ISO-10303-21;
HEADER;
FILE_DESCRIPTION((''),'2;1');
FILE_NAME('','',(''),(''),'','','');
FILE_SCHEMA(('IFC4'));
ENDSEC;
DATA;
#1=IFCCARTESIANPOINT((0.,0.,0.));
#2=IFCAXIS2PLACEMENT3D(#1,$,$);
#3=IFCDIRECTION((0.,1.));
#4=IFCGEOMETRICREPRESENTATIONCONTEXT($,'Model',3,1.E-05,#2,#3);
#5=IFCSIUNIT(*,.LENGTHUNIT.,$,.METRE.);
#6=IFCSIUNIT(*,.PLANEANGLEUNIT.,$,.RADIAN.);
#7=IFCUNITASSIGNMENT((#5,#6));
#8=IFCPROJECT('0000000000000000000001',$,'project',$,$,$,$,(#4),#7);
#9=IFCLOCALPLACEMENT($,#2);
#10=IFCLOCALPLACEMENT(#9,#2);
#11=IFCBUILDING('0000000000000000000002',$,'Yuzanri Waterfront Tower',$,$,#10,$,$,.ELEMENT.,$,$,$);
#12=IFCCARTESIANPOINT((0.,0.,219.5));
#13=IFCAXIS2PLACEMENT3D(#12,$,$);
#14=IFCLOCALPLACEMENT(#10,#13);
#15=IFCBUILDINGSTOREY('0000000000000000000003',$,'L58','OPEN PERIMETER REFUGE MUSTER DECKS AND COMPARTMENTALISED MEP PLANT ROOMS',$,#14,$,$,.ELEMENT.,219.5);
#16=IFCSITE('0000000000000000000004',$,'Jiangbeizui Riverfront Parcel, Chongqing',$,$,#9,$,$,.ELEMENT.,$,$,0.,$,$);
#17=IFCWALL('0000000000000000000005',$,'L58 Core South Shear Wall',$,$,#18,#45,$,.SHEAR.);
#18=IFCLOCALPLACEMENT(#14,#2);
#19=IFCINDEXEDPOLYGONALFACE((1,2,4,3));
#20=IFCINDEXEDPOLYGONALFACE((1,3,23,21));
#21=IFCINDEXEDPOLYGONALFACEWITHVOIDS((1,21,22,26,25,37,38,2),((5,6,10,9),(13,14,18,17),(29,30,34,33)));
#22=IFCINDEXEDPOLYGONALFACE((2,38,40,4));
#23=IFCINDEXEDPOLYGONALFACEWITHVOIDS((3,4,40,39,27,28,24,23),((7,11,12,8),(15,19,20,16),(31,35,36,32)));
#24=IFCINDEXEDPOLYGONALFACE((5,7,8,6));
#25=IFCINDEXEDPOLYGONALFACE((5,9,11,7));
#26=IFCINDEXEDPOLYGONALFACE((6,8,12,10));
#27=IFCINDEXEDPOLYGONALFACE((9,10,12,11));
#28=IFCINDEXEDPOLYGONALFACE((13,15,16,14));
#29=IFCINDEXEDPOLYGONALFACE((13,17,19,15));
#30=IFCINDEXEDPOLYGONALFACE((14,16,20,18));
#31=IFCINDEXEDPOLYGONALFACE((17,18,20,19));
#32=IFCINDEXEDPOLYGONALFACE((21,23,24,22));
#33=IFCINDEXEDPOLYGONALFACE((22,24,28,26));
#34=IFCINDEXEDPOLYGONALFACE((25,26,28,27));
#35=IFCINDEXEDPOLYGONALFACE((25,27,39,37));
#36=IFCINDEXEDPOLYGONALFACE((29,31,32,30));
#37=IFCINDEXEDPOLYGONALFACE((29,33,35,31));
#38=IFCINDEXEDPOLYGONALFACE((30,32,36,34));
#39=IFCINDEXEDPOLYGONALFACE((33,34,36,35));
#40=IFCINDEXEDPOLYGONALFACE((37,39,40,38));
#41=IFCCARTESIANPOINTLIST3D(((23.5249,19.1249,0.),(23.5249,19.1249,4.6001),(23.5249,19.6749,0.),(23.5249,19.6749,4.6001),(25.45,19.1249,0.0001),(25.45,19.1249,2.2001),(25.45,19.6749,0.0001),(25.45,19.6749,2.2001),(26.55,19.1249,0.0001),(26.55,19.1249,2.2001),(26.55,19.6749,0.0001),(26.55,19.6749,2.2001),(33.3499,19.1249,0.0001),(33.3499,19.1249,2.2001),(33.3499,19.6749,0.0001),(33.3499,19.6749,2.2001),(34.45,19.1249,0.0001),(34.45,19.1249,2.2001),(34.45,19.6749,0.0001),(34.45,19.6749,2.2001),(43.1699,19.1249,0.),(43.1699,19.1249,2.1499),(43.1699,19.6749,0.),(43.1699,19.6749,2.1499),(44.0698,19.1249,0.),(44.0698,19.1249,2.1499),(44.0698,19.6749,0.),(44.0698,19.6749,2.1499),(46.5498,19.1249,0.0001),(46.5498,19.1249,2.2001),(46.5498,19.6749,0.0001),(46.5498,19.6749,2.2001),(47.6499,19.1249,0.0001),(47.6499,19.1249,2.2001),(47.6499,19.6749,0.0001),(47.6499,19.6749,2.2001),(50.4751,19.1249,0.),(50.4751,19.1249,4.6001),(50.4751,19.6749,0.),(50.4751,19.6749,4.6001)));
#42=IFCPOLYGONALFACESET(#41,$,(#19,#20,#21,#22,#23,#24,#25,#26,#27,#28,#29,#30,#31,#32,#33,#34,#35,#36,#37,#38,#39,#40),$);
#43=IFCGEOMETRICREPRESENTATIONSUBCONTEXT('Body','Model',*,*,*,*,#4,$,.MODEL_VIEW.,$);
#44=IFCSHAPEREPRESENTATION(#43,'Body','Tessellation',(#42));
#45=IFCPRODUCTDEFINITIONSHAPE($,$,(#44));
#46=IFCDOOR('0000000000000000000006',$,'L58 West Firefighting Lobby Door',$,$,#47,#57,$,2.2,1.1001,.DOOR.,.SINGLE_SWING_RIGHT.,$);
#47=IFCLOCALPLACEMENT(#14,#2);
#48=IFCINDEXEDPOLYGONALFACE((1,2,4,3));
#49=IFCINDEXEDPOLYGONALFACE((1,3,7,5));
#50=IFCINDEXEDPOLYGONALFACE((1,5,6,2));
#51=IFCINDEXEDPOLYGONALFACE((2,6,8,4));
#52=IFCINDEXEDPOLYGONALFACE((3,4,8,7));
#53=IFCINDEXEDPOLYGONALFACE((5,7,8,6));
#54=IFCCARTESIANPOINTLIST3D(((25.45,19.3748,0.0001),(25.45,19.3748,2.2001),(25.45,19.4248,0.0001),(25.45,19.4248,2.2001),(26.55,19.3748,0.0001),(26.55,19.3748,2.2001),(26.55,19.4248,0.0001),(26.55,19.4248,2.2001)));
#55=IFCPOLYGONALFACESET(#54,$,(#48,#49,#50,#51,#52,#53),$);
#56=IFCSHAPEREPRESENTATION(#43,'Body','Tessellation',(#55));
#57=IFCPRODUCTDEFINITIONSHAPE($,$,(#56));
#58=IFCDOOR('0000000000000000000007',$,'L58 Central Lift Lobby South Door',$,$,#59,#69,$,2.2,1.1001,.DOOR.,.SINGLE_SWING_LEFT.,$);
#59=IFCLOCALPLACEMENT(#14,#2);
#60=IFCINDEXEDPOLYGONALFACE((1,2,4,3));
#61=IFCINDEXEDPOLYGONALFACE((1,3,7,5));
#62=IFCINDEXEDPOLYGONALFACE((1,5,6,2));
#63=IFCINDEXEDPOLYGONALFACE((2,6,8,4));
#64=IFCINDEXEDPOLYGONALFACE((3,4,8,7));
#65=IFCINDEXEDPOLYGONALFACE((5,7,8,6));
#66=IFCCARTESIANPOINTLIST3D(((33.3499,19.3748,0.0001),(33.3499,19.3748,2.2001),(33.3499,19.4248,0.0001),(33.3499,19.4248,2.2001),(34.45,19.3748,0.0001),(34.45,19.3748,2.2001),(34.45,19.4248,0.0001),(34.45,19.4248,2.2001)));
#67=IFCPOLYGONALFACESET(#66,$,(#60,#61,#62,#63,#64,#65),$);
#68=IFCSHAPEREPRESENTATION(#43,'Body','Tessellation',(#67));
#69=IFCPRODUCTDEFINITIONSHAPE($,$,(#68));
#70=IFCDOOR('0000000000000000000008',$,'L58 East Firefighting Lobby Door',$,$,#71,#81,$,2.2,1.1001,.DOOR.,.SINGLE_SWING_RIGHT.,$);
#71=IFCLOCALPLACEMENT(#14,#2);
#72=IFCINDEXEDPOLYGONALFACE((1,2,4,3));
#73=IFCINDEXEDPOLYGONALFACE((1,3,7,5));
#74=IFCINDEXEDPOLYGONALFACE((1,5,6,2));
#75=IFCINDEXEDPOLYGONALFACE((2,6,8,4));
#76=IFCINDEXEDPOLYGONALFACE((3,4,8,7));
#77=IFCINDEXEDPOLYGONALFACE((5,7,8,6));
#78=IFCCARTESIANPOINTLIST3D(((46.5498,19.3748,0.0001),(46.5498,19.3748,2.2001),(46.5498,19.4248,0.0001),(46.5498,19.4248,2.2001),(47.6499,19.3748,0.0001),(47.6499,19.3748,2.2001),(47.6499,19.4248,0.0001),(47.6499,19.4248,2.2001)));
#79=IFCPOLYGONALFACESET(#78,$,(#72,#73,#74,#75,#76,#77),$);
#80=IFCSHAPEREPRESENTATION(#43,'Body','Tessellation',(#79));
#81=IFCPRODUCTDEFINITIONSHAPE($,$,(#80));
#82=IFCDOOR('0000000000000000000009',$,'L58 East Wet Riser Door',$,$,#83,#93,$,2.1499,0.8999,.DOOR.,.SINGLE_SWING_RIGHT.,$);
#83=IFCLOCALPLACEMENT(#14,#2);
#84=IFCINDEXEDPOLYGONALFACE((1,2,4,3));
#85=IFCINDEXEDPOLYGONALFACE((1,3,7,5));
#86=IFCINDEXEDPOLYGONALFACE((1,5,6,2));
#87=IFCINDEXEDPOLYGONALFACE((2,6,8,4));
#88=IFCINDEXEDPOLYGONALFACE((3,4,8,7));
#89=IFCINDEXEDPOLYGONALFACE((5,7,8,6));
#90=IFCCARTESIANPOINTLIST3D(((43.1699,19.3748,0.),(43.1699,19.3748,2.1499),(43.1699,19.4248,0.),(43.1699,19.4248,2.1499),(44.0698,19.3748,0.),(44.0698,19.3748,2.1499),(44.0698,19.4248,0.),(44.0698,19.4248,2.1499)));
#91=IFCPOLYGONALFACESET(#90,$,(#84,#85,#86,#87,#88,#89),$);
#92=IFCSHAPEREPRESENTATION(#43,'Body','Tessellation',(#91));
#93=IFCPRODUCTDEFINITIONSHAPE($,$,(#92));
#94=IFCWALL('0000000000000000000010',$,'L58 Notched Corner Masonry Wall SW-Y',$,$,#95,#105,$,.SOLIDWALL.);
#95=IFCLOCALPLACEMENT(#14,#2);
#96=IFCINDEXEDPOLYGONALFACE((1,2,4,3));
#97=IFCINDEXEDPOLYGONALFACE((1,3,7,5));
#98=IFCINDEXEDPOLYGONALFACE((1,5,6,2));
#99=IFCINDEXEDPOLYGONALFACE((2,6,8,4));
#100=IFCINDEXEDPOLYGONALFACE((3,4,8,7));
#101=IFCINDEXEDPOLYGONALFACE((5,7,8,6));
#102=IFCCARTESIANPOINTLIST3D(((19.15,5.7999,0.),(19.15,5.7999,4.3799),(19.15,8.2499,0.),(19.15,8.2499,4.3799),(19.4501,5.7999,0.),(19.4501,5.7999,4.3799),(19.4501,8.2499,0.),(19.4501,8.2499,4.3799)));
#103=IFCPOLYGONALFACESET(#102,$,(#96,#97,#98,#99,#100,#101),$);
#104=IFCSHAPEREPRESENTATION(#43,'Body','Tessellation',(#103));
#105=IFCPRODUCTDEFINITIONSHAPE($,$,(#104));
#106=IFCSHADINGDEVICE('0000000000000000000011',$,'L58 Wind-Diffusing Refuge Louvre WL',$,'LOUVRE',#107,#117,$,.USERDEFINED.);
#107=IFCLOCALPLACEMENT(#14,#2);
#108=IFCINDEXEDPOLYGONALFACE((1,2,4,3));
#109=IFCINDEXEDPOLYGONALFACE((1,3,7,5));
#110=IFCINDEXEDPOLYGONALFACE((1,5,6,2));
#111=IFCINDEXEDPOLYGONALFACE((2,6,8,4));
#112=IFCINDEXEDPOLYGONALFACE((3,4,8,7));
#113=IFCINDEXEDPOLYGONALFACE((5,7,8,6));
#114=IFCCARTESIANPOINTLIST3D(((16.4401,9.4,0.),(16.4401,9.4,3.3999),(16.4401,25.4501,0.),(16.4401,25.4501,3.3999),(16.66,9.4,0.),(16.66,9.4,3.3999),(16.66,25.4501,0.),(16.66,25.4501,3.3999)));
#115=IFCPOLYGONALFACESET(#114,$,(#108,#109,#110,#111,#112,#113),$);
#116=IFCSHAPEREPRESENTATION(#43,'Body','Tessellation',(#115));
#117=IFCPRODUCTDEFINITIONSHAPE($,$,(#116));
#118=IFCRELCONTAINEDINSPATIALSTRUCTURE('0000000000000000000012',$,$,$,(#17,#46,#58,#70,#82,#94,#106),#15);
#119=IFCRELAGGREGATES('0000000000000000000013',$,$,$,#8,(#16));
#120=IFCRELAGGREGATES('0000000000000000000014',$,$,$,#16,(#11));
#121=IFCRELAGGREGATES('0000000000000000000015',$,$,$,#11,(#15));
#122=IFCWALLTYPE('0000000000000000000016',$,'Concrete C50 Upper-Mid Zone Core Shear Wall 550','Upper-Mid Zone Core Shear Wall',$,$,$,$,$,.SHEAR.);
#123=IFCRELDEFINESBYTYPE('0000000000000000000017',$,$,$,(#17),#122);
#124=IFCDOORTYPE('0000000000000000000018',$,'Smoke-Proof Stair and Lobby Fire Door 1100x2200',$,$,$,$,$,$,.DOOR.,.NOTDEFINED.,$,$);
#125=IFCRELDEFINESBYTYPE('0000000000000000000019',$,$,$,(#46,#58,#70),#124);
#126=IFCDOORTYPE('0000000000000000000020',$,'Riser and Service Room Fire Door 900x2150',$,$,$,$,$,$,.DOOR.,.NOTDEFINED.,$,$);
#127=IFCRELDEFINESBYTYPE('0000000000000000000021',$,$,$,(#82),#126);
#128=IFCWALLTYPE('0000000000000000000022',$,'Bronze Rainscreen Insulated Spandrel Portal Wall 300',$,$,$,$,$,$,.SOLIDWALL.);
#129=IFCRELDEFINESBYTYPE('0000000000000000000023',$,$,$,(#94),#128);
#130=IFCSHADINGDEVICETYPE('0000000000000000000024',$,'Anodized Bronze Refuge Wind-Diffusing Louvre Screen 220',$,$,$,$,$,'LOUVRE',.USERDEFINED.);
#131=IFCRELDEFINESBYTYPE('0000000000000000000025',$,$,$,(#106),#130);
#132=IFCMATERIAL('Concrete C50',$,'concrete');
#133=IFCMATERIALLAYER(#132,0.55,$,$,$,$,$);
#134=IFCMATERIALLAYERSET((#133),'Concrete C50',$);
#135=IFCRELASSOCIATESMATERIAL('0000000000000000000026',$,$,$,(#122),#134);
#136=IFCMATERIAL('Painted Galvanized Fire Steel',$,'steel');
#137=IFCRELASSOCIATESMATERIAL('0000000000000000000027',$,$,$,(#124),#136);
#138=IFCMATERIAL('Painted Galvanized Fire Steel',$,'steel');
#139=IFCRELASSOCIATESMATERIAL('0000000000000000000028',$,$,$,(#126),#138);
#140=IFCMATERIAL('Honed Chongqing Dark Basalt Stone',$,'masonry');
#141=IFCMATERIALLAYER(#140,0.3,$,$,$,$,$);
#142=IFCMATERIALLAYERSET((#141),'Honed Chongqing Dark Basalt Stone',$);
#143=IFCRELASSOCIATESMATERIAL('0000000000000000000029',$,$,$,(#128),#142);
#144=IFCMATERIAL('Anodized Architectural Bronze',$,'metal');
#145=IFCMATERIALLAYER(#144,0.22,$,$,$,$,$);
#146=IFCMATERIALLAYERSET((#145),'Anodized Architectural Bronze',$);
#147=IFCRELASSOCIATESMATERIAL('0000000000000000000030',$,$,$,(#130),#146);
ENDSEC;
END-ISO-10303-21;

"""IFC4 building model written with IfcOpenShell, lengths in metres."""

from ifc_helpers import new_model, si_unit, direction, frame, frame_2d, origin, origin_2d, place, context, subcontext, project, spatial, rectangle, extrude, source, transform, mapped, material, layer, layer_set, type_object, element, fill, save


model = new_model("IFC4")

# Units and contexts
model_context = context("Model", 3, precision=1e-05, world=origin(), true_north=direction((0.0, 1.0)))
body_context = subcontext(model_context, "Body", "Model", "MODEL_VIEW")
ifc_project = project(units=[si_unit("LENGTHUNIT", "METRE"), si_unit("PLANEANGLEUNIT", "RADIAN")], contexts=[model_context])

# Site, building, storey
site_placement = place(None, origin())
site = spatial("IfcSite", under=ifc_project, at=site_placement, Name="Jiangbeizui Riverfront Parcel, Chongqing", CompositionType="ELEMENT", RefElevation=0.0)
building_placement = place(site_placement, origin())
building = spatial("IfcBuilding", under=site, at=building_placement, Name="Yuzanri Waterfront Tower", CompositionType="ELEMENT")
storey_placement = place(building_placement, frame((0.0, 0.0, 219.5)))
storey = spatial("IfcBuildingStorey", under=building, at=storey_placement, Name="L58", Description="OPEN PERIMETER REFUGE MUSTER DECKS AND COMPARTMENTALISED MEP PLANT ROOMS", CompositionType="ELEMENT", Elevation=219.5)

# Wall, openings, doors
ifc_material_1 = material(Name="Concrete C50", Category="concrete")
ifc_layer_1 = layer(ifc_material_1, 0.55)
ifc_layer_set_1 = layer_set([ifc_layer_1], Name="Concrete C50")
wall_type_1 = type_object("IfcWallType", Name="Concrete C50 Upper-Mid Zone Core Shear Wall 550", Description="Upper-Mid Zone Core Shear Wall", PredefinedType="SHEAR", material=ifc_layer_set_1)
wall_1_placement = place(storey_placement, frame((23.5249, 19.3999, 0.0), z_axis=(0.0, 0.0, 1.0), x_axis=(1.0, 0.0, 0.0)))
wall_1 = element("IfcWall", 1, at=wall_1_placement, inside=storey, type_object=wall_type_1, Name="L58 Core South Shear Wall", PredefinedType="SHEAR", context=body_context, shape_type="SweptSolid", body=[
    extrude(rectangle(XDim=26.9502, YDim=0.55, at=frame_2d((13.4751, 0.0))), origin(), (0.0, 0.0, 1.0), 4.6001),
])
opening_1_placement = place(wall_1_placement, frame((1.925, 0.0, 0.0)))
opening_1 = element("IfcOpeningElement", 2, at=opening_1_placement, cuts=wall_1, PredefinedType="OPENING", context=body_context, shape_type="SweptSolid", body=[
    extrude(rectangle(XDim=1.1001, YDim=2.2, at=frame_2d((0.55, 1.1001))), frame((0.0, 0.29, 0.0), z_axis=(0.0, -1.0, 0.0), x_axis=(1.0, 0.0, 0.0)), (0.0, 0.0, 1.0), 0.5798),
])
opening_2_placement = place(wall_1_placement, frame((9.825, 0.0, 0.0)))
opening_2 = element("IfcOpeningElement", 3, at=opening_2_placement, cuts=wall_1, PredefinedType="OPENING", context=body_context, shape_type="SweptSolid", body=[
    extrude(rectangle(XDim=1.1001, YDim=2.2, at=frame_2d((0.55, 1.1001))), frame((0.0, 0.29, 0.0), z_axis=(0.0, -1.0, 0.0), x_axis=(1.0, 0.0, 0.0)), (0.0, 0.0, 1.0), 0.5798),
])
opening_3_placement = place(wall_1_placement, frame((23.0249, 0.0, 0.0)))
opening_3 = element("IfcOpeningElement", 4, at=opening_3_placement, cuts=wall_1, PredefinedType="OPENING", context=body_context, shape_type="SweptSolid", body=[
    extrude(rectangle(XDim=1.1001, YDim=2.2, at=frame_2d((0.55, 1.1001))), frame((0.0, 0.29, 0.0), z_axis=(0.0, -1.0, 0.0), x_axis=(1.0, 0.0, 0.0)), (0.0, 0.0, 1.0), 0.5798),
])
opening_4_placement = place(wall_1_placement, frame((19.645, 0.0, 0.0)))
opening_4 = element("IfcOpeningElement", 5, at=opening_4_placement, cuts=wall_1, PredefinedType="OPENING", context=body_context, shape_type="SweptSolid", body=[
    extrude(rectangle(XDim=0.8999, YDim=2.1499, at=frame_2d((0.45, 1.075))), frame((0.0, 0.29, 0.0), z_axis=(0.0, -1.0, 0.0), x_axis=(1.0, 0.0, 0.0)), (0.0, 0.0, 1.0), 0.5798),
])
ifc_material_2 = material(Name="Painted Galvanized Fire Steel", Category="steel")
door_type_1 = type_object("IfcDoorType", Name="Smoke-Proof Stair and Lobby Fire Door 1100x2200", OperationType="NOTDEFINED", PredefinedType="DOOR", material=ifc_material_2)
shared_shape_1 = source(origin(), body_context, "Body", "SweptSolid", [
    extrude(rectangle(XDim=1.1001, YDim=2.2, at=frame_2d((0.55, 1.1001))), frame((0.0, 0.0249, 0.0), z_axis=(0.0, -1.0, 0.0), x_axis=(1.0, 0.0, 0.0)), (0.0, 0.0, 1.0), 0.05),
])
door_1_placement = place(opening_1_placement, origin())
door_1 = element("IfcDoor", 6, at=door_1_placement, inside=storey, type_object=door_type_1, Name="L58 West Firefighting Lobby Door", OperationType="SINGLE_SWING_RIGHT", OverallHeight=2.2, OverallWidth=1.1001, PredefinedType="DOOR", context=body_context, shape_type="MappedRepresentation", body=[
    mapped(shared_shape_1, transform((0.0, 0.0, 0.0), scale=1.0)),
])
fill(opening_1, door_1)
door_2_placement = place(opening_2_placement, origin())
door_2 = element("IfcDoor", 7, at=door_2_placement, inside=storey, type_object=door_type_1, Name="L58 Central Lift Lobby South Door", OperationType="SINGLE_SWING_LEFT", OverallHeight=2.2, OverallWidth=1.1001, PredefinedType="DOOR", context=body_context, shape_type="MappedRepresentation", body=[
    mapped(shared_shape_1, transform((0.0, 0.0, 0.0), scale=1.0)),
])
fill(opening_2, door_2)
door_3_placement = place(opening_3_placement, origin())
door_3 = element("IfcDoor", 8, at=door_3_placement, inside=storey, type_object=door_type_1, Name="L58 East Firefighting Lobby Door", OperationType="SINGLE_SWING_RIGHT", OverallHeight=2.2, OverallWidth=1.1001, PredefinedType="DOOR", context=body_context, shape_type="MappedRepresentation", body=[
    mapped(shared_shape_1, transform((0.0, 0.0, 0.0), scale=1.0)),
])
fill(opening_3, door_3)
ifc_material_3 = material(Name="Painted Galvanized Fire Steel", Category="steel")
door_type_2 = type_object("IfcDoorType", Name="Riser and Service Room Fire Door 900x2150", OperationType="NOTDEFINED", PredefinedType="DOOR", material=ifc_material_3)
shared_shape_2 = source(origin(), body_context, "Body", "SweptSolid", [
    extrude(rectangle(XDim=0.8999, YDim=2.1499, at=frame_2d((0.45, 1.075))), frame((0.0, 0.0249, 0.0), z_axis=(0.0, -1.0, 0.0), x_axis=(1.0, 0.0, 0.0)), (0.0, 0.0, 1.0), 0.05),
])
door_4_placement = place(opening_4_placement, origin())
door_4 = element("IfcDoor", 9, at=door_4_placement, inside=storey, type_object=door_type_2, Name="L58 East Wet Riser Door", OperationType="SINGLE_SWING_RIGHT", OverallHeight=2.1499, OverallWidth=0.8999, PredefinedType="DOOR", context=body_context, shape_type="MappedRepresentation", body=[
    mapped(shared_shape_2, transform((0.0, 0.0, 0.0), scale=1.0)),
])
fill(opening_4, door_4)

# Wall
ifc_material_4 = material(Name="Honed Chongqing Dark Basalt Stone", Category="masonry")
ifc_layer_2 = layer(ifc_material_4, 0.3)
ifc_layer_set_2 = layer_set([ifc_layer_2], Name="Honed Chongqing Dark Basalt Stone")
wall_type_2 = type_object("IfcWallType", Name="Bronze Rainscreen Insulated Spandrel Portal Wall 300", PredefinedType="SOLIDWALL", material=ifc_layer_set_2)
shared_shape_3 = source(origin(), body_context, "Body", "SweptSolid", [
    extrude(rectangle(XDim=2.45, YDim=0.3, at=frame_2d((1.2251, 0.0))), origin(), (0.0, 0.0, 1.0), 4.3799),
])
wall_2_placement = place(storey_placement, frame((19.3, 8.25, 0.0), z_axis=(0.0, 0.0, 1.0), x_axis=(0.0, -1.0, 0.0)))
element("IfcWall", 10, at=wall_2_placement, inside=storey, type_object=wall_type_2, Name="L58 Notched Corner Masonry Wall SW-Y", PredefinedType="SOLIDWALL", context=body_context, shape_type="MappedRepresentation", body=[
    mapped(shared_shape_3, transform((0.0, 0.0, 0.0), scale=1.0)),
])

# Shading device
ifc_material_5 = material(Name="Anodized Architectural Bronze", Category="metal")
ifc_layer_3 = layer(ifc_material_5, 0.22)
ifc_layer_set_3 = layer_set([ifc_layer_3], Name="Anodized Architectural Bronze")
shading_device_type = type_object("IfcShadingDeviceType", Name="Anodized Bronze Refuge Wind-Diffusing Louvre Screen 220", ElementType="LOUVRE", PredefinedType="USERDEFINED", material=ifc_layer_set_3)
shared_shape_4 = source(origin(), body_context, "Body", "SweptSolid", [
    extrude(rectangle(XDim=0.22, YDim=16.05, at=origin_2d()), origin(), (0.0, 0.0, 1.0), 3.3999),
])
shading_device_placement = place(storey_placement, frame((16.55, 17.425, 0.0), z_axis=(0.0, 0.0, 1.0), x_axis=(1.0, 0.0, 0.0)))
element("IfcShadingDevice", 11, at=shading_device_placement, inside=storey, type_object=shading_device_type, Name="L58 Wind-Diffusing Refuge Louvre WL", ObjectType="LOUVRE", PredefinedType="USERDEFINED", context=body_context, shape_type="MappedRepresentation", body=[
    mapped(shared_shape_4, transform((0.0, 0.0, 0.0), scale=1.0)),
])

save(model, "model.ifc")
